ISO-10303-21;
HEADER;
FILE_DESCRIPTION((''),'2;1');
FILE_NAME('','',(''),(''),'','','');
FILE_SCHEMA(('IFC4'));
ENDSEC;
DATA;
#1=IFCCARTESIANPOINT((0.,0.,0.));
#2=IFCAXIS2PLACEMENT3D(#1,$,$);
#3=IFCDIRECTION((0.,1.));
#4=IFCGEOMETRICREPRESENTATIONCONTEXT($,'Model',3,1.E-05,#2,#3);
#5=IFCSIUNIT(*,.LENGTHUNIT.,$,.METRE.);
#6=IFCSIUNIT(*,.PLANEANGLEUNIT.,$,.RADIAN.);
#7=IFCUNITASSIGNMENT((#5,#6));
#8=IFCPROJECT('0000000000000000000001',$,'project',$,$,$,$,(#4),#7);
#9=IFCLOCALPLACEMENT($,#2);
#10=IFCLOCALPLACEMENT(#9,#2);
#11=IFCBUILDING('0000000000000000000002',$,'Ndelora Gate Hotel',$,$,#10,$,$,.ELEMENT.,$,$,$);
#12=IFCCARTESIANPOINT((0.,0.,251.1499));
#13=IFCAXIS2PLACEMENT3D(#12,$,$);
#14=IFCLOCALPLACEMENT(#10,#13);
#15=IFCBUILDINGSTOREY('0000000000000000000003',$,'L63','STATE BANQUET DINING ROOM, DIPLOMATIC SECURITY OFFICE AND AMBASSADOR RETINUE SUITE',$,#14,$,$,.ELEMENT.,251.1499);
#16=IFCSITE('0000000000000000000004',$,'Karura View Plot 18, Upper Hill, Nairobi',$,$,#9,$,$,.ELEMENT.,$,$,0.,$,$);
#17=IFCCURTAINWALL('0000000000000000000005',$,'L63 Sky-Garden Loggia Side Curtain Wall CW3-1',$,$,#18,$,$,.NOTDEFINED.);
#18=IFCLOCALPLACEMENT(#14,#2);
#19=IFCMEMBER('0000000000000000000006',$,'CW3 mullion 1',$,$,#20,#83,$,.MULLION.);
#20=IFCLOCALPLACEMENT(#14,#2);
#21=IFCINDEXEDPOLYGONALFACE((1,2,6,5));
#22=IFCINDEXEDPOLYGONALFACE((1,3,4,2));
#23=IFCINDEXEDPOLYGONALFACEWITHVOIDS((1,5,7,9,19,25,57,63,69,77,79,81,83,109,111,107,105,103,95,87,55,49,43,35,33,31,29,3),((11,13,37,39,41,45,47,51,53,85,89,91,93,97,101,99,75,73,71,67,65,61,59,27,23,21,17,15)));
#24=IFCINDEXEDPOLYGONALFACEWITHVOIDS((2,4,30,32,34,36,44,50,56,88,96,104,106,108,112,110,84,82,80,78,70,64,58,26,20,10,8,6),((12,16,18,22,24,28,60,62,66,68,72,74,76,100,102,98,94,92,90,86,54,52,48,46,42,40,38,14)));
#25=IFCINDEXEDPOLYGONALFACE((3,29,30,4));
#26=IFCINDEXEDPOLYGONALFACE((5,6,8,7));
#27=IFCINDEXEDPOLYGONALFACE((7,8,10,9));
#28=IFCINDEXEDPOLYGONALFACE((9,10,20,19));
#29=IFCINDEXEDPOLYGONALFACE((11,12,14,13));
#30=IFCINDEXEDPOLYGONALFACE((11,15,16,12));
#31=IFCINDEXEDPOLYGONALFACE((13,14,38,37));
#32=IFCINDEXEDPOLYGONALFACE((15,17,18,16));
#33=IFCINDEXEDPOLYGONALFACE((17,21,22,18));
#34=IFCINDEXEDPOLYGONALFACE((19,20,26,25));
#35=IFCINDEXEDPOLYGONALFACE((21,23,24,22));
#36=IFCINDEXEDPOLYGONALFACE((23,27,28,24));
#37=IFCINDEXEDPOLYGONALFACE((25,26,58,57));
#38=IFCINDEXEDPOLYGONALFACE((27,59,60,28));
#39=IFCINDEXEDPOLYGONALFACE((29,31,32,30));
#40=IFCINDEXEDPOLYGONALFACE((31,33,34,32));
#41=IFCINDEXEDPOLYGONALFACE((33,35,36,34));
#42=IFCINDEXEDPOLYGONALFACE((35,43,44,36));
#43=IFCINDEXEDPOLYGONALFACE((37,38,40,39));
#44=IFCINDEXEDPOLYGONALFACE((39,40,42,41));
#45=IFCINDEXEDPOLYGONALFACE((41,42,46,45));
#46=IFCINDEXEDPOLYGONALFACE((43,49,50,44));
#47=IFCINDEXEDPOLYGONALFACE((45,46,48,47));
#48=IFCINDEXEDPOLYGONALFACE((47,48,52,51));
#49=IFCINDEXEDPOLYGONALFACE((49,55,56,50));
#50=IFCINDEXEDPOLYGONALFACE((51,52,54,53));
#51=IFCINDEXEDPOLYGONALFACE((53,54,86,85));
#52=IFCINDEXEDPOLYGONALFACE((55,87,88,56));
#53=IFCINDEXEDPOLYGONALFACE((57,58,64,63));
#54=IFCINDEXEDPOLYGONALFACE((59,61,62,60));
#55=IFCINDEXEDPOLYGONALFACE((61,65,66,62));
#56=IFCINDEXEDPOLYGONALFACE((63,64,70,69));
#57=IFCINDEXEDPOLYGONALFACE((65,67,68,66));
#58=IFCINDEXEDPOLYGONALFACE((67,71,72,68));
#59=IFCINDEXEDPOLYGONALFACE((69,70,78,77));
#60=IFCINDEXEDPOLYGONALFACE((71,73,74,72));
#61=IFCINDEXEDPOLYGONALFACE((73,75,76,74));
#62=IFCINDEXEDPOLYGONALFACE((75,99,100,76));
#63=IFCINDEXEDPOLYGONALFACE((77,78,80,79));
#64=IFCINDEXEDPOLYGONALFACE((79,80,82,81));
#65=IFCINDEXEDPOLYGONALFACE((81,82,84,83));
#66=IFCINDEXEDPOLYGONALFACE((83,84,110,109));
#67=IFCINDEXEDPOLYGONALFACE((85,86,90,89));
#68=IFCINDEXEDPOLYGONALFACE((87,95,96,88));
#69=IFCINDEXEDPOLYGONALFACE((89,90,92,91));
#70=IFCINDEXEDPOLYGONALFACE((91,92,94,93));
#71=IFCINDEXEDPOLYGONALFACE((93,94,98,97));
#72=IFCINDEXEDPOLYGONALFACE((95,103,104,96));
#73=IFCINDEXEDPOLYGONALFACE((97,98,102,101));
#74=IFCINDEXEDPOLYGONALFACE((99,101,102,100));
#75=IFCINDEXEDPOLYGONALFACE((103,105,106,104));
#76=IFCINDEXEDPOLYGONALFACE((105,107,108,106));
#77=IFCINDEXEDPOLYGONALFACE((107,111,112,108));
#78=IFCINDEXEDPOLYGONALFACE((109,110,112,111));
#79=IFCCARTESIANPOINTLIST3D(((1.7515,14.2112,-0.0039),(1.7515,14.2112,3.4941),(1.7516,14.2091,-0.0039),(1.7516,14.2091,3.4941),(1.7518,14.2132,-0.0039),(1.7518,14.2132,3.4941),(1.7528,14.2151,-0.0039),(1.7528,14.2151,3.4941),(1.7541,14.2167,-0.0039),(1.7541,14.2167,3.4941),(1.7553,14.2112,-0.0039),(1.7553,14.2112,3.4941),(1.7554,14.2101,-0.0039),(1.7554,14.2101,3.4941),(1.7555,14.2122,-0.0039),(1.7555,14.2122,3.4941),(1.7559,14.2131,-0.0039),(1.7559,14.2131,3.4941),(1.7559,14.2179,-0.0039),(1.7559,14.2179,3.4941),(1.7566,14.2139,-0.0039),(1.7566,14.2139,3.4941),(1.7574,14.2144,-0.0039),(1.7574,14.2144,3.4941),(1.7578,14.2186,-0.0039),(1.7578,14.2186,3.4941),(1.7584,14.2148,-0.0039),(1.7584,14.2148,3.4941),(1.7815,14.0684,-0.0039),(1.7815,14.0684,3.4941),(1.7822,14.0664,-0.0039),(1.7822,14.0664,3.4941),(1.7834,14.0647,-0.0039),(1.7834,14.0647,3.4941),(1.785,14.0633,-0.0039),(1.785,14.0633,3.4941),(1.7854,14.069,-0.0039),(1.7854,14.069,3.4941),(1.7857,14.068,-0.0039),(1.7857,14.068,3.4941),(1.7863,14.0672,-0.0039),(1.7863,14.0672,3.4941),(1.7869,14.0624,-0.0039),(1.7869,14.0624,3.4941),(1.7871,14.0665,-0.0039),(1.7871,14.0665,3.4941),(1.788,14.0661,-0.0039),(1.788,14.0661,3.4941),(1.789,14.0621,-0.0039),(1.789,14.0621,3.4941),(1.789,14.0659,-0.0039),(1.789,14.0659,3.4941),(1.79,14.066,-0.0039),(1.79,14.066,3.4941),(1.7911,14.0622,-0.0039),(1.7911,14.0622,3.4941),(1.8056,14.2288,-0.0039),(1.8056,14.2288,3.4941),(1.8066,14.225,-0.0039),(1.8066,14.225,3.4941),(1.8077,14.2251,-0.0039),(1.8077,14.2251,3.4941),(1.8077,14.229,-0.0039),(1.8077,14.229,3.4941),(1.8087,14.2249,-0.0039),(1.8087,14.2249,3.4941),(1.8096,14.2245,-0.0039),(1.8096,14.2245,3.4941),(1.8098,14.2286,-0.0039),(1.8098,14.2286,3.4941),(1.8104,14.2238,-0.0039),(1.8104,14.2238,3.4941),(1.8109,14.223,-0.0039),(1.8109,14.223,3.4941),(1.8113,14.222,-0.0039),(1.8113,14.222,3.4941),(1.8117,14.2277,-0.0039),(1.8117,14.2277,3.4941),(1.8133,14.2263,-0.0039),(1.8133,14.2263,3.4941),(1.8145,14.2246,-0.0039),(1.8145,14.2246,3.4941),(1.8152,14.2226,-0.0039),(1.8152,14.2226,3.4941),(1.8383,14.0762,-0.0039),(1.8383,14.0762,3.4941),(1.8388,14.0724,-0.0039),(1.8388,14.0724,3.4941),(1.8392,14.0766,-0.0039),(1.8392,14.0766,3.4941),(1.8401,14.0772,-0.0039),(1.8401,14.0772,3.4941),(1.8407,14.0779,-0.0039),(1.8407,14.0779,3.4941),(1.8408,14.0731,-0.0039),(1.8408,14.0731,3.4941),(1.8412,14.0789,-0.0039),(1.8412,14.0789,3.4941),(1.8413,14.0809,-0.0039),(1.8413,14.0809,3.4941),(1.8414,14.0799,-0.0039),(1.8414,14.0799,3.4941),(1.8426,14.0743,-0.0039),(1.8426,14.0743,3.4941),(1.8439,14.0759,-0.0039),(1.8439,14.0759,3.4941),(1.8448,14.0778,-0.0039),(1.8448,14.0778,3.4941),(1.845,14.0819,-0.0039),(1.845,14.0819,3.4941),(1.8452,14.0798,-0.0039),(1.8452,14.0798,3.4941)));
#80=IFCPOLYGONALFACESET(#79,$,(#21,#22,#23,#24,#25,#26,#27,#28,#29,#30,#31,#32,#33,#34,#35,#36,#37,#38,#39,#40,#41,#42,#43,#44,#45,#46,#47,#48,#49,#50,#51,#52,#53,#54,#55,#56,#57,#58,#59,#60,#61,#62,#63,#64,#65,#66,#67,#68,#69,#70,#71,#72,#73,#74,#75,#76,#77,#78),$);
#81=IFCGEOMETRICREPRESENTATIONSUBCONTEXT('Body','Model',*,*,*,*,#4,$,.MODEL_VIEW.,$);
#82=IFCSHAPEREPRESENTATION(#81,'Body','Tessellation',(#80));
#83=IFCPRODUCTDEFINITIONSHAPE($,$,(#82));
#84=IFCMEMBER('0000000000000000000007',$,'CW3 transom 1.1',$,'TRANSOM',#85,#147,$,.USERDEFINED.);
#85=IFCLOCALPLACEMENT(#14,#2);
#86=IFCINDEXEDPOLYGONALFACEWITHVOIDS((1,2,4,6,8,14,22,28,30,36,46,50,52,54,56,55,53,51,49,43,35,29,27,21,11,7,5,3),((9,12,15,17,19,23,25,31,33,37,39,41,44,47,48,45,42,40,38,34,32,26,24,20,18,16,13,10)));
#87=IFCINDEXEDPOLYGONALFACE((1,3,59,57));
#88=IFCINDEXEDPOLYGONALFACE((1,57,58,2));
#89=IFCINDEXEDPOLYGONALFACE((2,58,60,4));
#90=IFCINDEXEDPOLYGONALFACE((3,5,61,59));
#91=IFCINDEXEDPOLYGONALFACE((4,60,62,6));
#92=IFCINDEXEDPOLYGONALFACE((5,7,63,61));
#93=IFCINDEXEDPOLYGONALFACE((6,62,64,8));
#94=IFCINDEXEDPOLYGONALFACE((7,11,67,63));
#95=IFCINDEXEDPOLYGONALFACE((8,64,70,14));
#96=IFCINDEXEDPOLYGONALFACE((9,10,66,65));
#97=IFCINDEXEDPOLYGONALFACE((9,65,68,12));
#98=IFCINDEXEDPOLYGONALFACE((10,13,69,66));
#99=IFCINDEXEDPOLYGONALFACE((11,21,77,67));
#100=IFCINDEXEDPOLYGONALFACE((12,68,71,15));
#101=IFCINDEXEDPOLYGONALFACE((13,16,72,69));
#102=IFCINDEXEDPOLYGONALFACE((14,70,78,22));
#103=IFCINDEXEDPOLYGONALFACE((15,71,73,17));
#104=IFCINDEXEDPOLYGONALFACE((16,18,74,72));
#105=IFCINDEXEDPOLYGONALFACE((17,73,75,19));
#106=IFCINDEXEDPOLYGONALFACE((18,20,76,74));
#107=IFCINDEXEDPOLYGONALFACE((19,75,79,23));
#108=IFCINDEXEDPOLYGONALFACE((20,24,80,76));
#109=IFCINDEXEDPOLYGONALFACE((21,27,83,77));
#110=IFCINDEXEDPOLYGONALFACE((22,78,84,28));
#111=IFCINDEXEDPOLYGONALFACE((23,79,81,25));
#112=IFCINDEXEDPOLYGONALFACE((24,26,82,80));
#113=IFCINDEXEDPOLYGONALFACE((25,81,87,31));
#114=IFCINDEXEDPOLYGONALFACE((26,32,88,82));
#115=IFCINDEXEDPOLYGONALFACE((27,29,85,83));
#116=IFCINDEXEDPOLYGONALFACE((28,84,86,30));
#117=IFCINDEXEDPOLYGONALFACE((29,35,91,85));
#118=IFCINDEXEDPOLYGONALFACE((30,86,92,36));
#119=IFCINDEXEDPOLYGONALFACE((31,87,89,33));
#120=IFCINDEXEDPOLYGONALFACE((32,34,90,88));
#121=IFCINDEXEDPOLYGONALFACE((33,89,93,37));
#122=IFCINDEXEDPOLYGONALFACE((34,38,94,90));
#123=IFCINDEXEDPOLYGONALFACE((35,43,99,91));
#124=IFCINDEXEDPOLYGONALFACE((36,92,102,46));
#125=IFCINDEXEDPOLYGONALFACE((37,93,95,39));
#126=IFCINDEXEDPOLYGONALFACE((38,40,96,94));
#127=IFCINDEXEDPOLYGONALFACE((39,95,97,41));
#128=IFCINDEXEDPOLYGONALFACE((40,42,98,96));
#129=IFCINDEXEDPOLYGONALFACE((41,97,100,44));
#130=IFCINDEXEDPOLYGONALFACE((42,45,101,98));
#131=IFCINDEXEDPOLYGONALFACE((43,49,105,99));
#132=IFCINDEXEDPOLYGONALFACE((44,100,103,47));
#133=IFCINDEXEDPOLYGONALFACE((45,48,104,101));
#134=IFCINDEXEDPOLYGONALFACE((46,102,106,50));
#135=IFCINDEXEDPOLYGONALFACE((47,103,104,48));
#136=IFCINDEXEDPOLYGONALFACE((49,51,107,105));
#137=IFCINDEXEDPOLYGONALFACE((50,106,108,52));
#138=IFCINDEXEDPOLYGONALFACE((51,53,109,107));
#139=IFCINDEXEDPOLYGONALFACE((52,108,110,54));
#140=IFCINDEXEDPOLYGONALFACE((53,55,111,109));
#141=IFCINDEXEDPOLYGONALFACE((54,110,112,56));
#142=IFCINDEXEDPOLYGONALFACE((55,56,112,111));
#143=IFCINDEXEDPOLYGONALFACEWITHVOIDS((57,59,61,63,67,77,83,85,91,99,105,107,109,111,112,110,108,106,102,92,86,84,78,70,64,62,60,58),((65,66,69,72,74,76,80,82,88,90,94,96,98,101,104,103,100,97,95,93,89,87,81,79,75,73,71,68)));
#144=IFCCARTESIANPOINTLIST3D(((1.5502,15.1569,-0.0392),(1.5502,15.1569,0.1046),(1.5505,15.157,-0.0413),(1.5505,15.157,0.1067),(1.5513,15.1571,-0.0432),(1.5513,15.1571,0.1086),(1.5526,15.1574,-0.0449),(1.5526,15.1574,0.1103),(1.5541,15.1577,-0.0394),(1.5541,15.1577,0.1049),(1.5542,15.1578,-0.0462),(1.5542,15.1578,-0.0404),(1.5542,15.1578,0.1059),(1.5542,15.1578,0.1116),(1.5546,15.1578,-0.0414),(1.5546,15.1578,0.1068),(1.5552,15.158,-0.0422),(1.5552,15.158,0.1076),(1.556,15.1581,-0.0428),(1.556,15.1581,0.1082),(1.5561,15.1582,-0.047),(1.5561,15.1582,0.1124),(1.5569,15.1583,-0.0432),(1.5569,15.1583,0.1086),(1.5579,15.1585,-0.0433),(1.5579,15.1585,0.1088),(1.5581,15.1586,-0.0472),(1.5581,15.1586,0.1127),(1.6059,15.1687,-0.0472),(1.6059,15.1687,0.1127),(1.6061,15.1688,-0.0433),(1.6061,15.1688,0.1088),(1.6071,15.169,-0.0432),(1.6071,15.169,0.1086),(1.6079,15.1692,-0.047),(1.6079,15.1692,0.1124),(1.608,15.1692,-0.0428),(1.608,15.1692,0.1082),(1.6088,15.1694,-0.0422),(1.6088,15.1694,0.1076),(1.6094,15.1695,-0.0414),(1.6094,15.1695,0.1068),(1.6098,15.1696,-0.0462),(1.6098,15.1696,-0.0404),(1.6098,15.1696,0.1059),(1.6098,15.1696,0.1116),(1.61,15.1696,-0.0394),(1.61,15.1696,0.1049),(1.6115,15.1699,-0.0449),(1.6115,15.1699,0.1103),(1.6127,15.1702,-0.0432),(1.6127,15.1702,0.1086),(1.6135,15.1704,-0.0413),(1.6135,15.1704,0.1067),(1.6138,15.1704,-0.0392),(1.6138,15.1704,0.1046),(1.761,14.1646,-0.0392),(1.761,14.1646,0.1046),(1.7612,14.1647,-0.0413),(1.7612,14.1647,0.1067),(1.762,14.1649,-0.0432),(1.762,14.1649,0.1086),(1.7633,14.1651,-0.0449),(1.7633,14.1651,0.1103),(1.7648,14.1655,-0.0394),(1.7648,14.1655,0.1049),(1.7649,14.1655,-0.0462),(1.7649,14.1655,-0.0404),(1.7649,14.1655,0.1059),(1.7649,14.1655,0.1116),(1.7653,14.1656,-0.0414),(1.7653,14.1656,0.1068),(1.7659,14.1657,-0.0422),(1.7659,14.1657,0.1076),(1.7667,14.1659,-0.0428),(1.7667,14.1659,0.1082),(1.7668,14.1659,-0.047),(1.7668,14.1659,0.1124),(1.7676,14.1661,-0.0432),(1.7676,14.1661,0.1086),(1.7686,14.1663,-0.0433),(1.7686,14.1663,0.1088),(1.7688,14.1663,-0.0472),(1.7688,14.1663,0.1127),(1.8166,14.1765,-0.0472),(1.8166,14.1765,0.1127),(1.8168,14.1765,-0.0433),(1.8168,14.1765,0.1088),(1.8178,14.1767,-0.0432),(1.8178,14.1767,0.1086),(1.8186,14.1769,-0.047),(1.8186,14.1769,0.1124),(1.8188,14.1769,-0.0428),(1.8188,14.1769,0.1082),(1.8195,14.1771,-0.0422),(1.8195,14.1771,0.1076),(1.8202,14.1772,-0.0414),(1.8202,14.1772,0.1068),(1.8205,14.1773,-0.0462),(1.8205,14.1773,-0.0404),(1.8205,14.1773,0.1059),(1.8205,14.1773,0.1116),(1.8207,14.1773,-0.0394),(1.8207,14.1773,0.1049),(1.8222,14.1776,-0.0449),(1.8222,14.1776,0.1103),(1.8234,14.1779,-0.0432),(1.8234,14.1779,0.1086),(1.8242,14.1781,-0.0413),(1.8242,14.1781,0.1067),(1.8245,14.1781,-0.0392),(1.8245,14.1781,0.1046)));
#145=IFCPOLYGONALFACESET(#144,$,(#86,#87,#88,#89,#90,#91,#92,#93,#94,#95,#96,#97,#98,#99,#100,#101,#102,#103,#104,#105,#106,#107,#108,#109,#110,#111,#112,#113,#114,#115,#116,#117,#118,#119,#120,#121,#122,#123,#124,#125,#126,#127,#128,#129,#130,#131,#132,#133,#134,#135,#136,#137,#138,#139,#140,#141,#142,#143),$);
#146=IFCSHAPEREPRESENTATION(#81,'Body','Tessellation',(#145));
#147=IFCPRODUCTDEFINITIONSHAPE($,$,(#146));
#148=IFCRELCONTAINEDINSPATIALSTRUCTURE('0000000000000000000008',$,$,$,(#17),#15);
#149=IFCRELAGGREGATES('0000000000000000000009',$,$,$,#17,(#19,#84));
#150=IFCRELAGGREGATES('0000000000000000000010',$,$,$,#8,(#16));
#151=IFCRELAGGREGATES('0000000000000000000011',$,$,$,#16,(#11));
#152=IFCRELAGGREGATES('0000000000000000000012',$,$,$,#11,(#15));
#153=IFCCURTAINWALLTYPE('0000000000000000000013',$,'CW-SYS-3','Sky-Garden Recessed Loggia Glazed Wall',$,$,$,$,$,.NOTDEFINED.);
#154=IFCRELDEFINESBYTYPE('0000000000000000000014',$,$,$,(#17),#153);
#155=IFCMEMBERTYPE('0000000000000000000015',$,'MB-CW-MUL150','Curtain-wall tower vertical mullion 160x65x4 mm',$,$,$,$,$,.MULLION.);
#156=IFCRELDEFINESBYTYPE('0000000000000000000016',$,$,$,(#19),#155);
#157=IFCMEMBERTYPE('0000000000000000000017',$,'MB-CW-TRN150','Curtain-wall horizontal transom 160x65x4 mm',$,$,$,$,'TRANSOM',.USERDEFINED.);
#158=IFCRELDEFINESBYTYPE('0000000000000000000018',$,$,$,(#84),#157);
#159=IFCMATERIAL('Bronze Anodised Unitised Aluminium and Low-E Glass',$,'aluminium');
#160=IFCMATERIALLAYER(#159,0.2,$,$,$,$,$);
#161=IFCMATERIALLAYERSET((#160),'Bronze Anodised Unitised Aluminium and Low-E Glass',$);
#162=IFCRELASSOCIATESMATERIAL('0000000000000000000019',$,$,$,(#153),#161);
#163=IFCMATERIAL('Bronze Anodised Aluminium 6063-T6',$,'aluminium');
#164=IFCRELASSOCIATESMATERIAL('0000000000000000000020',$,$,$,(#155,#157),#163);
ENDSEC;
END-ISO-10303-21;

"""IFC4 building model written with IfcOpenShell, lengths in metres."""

from ifc_helpers import new_model, si_unit, direction, frame, origin, origin_2d, place, context, subcontext, project, spatial, hollow_rectangle, extrude, material, layer, layer_set, material_profile, profile_set, type_object, element, aggregate, save


model = new_model("IFC4")

# Units and contexts
model_context = context("Model", 3, precision=1e-05, world=origin(), true_north=direction((0.0, 1.0)))
body_context = subcontext(model_context, "Body", "Model", "MODEL_VIEW")
ifc_project = project(units=[si_unit("LENGTHUNIT", "METRE"), si_unit("PLANEANGLEUNIT", "RADIAN")], contexts=[model_context])

# Site, building, storey
site_placement = place(None, origin())
site = spatial("IfcSite", under=ifc_project, at=site_placement, Name="Karura View Plot 18, Upper Hill, Nairobi", CompositionType="ELEMENT", RefElevation=0.0)
building_placement = place(site_placement, origin())
building = spatial("IfcBuilding", under=site, at=building_placement, Name="Ndelora Gate Hotel", CompositionType="ELEMENT")
storey_placement = place(building_placement, frame((0.0, 0.0, 251.1499)))
storey = spatial("IfcBuildingStorey", under=building, at=storey_placement, Name="L63", Description="STATE BANQUET DINING ROOM, DIPLOMATIC SECURITY OFFICE AND AMBASSADOR RETINUE SUITE", CompositionType="ELEMENT", Elevation=251.1499)

# Curtain wall, members
ifc_material_1 = material(Name="Bronze Anodised Unitised Aluminium and Low-E Glass", Category="aluminium")
ifc_layer_1 = layer(ifc_material_1, 0.2)
ifc_layer_set_1 = layer_set([ifc_layer_1], Name="Bronze Anodised Unitised Aluminium and Low-E Glass")
curtain_wall_type = type_object("IfcCurtainWallType", Name="CW-SYS-3", Description="Sky-Garden Recessed Loggia Glazed Wall", PredefinedType="NOTDEFINED", material=ifc_layer_set_1)
curtain_wall_placement = place(storey_placement, origin())
curtain_wall = element("IfcCurtainWall", 1, at=curtain_wall_placement, inside=storey, type_object=curtain_wall_type, Name="L63 Sky-Garden Loggia Side Curtain Wall CW3-1", PredefinedType="NOTDEFINED")
ifc_material_2 = material(Name="Bronze Anodised Aluminium 6063-T6", Category="aluminium")
ifc_material_profile_1 = material_profile(ifc_material_2, hollow_rectangle(XDim=0.0649, YDim=0.1599, WallThickness=0.0039, InnerFilletRadius=0.0039, OuterFilletRadius=0.0081, at=origin_2d()), Name="ALU 160x65x4")
ifc_profile_set_1 = profile_set([ifc_material_profile_1], Name="Bronze Anodised Aluminium 6063-T6")
member_type_1 = type_object("IfcMemberType", Name="MB-CW-MUL150", Description="Curtain-wall tower vertical mullion 160x65x4 mm", PredefinedType="MULLION", material=ifc_profile_set_1)
member_1_placement = place(storey_placement, frame((1.7983, 14.1455, -0.0039), z_axis=(0.0, 0.0, 1.0), x_axis=(-0.978148, -0.207911, 0.0)))
member_1 = element("IfcMember", 2, at=member_1_placement, type_object=member_type_1, Name="CW3 mullion 1", PredefinedType="MULLION", context=body_context, shape_type="SweptSolid", body=[
    extrude(hollow_rectangle(XDim=0.0649, YDim=0.1599, WallThickness=0.0039, InnerFilletRadius=0.0039, OuterFilletRadius=0.0081, at=origin_2d()), origin(), (0.0, 0.0, 1.0), 3.498),
])
ifc_material_profile_2 = material_profile(ifc_material_2, hollow_rectangle(XDim=0.0649, YDim=0.1599, WallThickness=0.0039, InnerFilletRadius=0.0039, OuterFilletRadius=0.0081, at=origin_2d()), Name="ALU 160x65x4")
ifc_profile_set_2 = profile_set([ifc_material_profile_2], Name="Bronze Anodised Aluminium 6063-T6")
member_type_2 = type_object("IfcMemberType", Name="MB-CW-TRN150", Description="Curtain-wall horizontal transom 160x65x4 mm", ElementType="TRANSOM", PredefinedType="USERDEFINED", material=ifc_profile_set_2)
member_2_placement = place(storey_placement, frame((1.7927, 14.1714, 0.0327), z_axis=(-0.207721, 0.978188, 0.0), x_axis=(-0.978188, -0.207721, 0.0)))
member_2 = element("IfcMember", 3, at=member_2_placement, type_object=member_type_2, Name="CW3 transom 1.1", ObjectType="TRANSOM", PredefinedType="USERDEFINED", context=body_context, shape_type="SweptSolid", body=[
    extrude(hollow_rectangle(XDim=0.0649, YDim=0.1599, WallThickness=0.0039, InnerFilletRadius=0.0039, OuterFilletRadius=0.0081, at=origin_2d()), origin(), (0.0, 0.0, 1.0), 1.0144),
])
aggregate(curtain_wall, [member_1, member_2])

save(model, "model.ifc")
